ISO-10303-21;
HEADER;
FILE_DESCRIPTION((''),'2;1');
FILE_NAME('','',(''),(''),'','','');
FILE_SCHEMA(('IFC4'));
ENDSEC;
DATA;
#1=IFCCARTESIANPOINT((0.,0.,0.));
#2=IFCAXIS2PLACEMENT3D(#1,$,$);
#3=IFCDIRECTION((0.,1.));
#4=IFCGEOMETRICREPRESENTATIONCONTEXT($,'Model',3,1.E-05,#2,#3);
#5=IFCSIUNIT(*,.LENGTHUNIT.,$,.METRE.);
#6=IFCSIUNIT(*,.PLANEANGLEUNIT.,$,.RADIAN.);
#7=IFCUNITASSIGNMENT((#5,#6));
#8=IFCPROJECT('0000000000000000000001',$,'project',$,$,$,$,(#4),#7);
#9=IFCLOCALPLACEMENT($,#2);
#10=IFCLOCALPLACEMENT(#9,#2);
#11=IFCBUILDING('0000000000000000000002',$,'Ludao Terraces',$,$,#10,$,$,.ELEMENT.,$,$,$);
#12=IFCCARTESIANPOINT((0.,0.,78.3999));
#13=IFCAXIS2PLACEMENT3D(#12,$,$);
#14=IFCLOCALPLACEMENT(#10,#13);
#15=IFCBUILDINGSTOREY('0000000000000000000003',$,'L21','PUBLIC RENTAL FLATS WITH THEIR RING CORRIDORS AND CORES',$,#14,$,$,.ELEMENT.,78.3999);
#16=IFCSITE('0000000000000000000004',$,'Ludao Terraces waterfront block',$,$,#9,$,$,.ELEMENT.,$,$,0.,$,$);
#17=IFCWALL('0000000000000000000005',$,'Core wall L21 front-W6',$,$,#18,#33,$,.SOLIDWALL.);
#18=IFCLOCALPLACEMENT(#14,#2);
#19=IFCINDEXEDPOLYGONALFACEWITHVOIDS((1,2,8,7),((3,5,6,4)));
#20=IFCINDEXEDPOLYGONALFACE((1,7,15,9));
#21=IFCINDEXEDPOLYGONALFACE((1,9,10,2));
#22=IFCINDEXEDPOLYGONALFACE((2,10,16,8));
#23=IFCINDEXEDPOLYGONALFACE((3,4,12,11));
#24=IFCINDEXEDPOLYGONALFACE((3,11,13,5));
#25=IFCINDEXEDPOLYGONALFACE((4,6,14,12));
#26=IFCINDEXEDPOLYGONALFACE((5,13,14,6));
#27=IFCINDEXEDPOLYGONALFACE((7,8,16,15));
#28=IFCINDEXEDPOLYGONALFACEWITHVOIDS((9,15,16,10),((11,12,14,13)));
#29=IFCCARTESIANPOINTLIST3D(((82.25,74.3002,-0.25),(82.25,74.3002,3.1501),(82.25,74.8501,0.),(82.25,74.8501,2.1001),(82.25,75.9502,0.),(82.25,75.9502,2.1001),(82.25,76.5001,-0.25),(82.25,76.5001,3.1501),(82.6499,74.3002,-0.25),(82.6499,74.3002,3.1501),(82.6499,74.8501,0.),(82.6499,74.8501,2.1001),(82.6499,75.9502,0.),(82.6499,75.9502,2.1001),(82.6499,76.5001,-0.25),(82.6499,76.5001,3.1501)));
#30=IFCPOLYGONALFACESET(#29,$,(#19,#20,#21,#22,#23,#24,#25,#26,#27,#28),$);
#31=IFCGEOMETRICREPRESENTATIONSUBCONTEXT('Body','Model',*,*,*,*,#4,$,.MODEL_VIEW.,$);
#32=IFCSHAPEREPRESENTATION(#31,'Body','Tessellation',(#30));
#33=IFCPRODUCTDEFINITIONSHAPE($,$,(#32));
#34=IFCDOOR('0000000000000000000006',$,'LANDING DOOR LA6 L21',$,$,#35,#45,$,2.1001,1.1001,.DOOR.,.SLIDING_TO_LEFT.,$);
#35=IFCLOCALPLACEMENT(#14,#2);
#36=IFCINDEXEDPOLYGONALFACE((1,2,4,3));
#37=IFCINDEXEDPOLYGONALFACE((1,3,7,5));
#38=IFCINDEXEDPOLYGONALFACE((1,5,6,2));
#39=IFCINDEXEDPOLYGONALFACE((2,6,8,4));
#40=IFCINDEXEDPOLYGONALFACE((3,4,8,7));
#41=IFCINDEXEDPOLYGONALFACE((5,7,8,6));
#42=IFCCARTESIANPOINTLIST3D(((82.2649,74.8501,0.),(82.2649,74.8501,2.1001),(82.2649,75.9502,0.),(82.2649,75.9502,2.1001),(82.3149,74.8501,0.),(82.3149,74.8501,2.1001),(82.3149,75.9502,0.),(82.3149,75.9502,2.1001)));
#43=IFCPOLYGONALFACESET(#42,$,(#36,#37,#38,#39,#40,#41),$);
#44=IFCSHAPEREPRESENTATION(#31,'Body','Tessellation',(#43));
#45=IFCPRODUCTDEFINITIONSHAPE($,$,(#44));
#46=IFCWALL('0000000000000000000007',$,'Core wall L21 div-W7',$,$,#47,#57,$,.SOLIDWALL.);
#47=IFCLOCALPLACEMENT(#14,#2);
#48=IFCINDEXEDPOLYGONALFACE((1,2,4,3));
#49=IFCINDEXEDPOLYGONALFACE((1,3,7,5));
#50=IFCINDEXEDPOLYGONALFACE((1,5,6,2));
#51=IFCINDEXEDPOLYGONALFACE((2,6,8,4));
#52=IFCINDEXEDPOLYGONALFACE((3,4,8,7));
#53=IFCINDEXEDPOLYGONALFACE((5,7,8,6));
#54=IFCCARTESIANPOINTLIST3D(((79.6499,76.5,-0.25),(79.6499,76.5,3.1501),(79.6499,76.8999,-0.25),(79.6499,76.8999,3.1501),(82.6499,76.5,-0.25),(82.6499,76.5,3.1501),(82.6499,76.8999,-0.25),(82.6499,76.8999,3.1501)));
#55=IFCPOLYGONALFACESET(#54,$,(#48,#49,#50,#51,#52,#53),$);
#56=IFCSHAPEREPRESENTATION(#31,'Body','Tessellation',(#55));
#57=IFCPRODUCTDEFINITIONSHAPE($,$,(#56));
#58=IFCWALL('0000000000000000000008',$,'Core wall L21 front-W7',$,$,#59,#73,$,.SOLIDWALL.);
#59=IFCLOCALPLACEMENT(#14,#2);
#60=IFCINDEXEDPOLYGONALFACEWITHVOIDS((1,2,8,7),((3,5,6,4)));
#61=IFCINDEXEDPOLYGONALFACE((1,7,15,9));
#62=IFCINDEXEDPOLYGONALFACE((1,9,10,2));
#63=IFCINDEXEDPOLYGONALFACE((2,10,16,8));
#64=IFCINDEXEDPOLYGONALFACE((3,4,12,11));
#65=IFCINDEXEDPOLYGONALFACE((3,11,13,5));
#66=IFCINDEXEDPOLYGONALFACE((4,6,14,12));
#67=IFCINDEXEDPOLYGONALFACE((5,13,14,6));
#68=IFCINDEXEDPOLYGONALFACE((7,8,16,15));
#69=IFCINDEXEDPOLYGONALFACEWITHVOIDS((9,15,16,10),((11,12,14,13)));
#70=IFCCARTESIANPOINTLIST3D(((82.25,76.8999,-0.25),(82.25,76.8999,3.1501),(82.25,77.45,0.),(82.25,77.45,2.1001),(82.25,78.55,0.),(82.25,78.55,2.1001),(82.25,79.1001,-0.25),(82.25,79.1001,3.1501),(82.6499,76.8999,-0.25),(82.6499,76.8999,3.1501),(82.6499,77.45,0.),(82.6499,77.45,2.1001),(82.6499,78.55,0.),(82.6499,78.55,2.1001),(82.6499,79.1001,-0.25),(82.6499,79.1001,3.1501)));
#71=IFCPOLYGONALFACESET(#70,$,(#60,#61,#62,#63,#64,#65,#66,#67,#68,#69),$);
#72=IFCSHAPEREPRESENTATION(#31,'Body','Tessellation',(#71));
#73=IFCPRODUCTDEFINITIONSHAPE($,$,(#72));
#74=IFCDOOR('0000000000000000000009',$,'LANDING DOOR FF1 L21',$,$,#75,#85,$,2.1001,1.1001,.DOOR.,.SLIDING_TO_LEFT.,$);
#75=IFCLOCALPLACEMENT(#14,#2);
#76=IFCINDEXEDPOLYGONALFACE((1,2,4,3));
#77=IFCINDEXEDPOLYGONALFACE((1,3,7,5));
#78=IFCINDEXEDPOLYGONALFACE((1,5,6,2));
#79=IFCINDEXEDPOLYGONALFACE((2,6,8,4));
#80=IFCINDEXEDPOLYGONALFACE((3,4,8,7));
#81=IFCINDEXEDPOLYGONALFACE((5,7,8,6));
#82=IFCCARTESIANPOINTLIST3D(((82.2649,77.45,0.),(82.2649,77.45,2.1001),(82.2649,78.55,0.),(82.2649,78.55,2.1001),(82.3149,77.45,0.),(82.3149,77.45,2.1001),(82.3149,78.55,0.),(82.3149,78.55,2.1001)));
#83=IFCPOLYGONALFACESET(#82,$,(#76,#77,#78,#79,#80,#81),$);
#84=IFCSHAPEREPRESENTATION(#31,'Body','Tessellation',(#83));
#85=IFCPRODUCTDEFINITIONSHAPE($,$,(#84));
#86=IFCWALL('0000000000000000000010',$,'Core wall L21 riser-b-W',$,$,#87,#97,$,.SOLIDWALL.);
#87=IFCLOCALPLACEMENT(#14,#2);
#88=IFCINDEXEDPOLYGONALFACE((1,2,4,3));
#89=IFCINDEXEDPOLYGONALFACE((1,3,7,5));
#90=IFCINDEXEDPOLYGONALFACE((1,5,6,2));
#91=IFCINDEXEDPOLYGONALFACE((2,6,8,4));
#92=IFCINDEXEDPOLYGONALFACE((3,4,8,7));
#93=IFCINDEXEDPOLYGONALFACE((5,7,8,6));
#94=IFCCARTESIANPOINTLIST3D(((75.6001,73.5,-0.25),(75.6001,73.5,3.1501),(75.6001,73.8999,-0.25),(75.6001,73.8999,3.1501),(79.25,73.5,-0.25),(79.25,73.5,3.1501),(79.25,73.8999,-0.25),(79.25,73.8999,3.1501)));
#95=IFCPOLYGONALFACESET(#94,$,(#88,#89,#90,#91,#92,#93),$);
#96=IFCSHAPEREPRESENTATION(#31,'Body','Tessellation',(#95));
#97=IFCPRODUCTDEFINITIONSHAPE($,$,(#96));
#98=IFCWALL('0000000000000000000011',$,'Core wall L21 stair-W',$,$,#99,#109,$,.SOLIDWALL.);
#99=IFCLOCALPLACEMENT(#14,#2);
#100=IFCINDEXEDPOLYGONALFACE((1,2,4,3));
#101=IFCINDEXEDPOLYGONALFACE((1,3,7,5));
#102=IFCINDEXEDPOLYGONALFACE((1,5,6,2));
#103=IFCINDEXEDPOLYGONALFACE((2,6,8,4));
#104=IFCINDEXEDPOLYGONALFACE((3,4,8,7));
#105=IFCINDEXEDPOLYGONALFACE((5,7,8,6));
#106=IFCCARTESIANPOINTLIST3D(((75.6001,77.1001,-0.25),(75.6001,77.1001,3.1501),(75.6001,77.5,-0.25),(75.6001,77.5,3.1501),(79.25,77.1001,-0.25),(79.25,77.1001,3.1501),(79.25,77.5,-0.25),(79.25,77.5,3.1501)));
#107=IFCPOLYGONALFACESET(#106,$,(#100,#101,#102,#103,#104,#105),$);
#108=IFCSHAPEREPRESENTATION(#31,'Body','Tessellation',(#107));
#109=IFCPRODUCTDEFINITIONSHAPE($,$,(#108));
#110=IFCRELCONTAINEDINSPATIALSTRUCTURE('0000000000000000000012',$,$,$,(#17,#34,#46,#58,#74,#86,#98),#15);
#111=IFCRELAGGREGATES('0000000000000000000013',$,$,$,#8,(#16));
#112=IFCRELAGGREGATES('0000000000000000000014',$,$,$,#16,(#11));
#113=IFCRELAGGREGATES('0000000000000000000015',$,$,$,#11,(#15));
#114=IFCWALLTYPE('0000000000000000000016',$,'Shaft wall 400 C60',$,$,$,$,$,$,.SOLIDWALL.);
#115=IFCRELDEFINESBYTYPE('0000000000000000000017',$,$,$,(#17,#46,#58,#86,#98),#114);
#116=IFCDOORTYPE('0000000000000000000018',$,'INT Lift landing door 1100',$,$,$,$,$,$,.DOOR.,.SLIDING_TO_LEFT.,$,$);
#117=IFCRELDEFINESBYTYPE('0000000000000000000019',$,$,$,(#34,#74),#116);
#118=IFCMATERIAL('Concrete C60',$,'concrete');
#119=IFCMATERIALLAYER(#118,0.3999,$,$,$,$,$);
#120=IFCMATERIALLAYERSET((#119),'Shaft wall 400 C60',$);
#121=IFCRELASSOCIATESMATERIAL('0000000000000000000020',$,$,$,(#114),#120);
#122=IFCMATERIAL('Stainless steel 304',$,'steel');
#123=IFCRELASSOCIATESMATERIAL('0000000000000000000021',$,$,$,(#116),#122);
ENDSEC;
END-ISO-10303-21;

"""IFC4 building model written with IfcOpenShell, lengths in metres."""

from ifc_helpers import new_model, si_unit, direction, frame, frame_2d, origin, place, context, subcontext, project, spatial, rectangle, extrude, material, layer, layer_set, type_object, element, fill, save


model = new_model("IFC4")

# Units and contexts
model_context = context("Model", 3, precision=1e-05, world=origin(), true_north=direction((0.0, 1.0)))
body_context = subcontext(model_context, "Body", "Model", "MODEL_VIEW")
ifc_project = project(units=[si_unit("LENGTHUNIT", "METRE"), si_unit("PLANEANGLEUNIT", "RADIAN")], contexts=[model_context])

# Site, building, storey
site_placement = place(None, origin())
site = spatial("IfcSite", under=ifc_project, at=site_placement, Name="Ludao Terraces waterfront block", CompositionType="ELEMENT", RefElevation=0.0)
building_placement = place(site_placement, origin())
building = spatial("IfcBuilding", under=site, at=building_placement, Name="Ludao Terraces", CompositionType="ELEMENT")
storey_placement = place(building_placement, frame((0.0, 0.0, 78.3999)))
storey = spatial("IfcBuildingStorey", under=building, at=storey_placement, Name="L21", Description="PUBLIC RENTAL FLATS WITH THEIR RING CORRIDORS AND CORES", CompositionType="ELEMENT", Elevation=78.3999)

# Shared definitions
ifc_material_1 = material(Name="Concrete C60", Category="concrete")
ifc_layer_1 = layer(ifc_material_1, 0.3999)
ifc_layer_set_1 = layer_set([ifc_layer_1], Name="Shaft wall 400 C60")
wall_type_1 = type_object("IfcWallType", Name="Shaft wall 400 C60", PredefinedType="SOLIDWALL", material=ifc_layer_set_1)

# Shared definitions
ifc_material_2 = material(Name="Stainless steel 304", Category="steel")
door_type_1 = type_object("IfcDoorType", Name="INT Lift landing door 1100", OperationType="SLIDING_TO_LEFT", PredefinedType="DOOR", material=ifc_material_2)

# Wall, opening, door
wall_1_placement = place(storey_placement, frame((82.45, 74.3, -0.25), z_axis=(0.0, 0.0, 1.0), x_axis=(0.0, 1.0, 0.0)))
wall_1 = element("IfcWall", 1, at=wall_1_placement, inside=storey, type_object=wall_type_1, Name="Core wall L21 front-W6", PredefinedType="SOLIDWALL", context=body_context, shape_type="SweptSolid", body=[
    extrude(rectangle(XDim=2.2, YDim=0.3999, at=frame_2d((1.1001, 0.0))), origin(), (0.0, 0.0, 1.0), 3.4001),
])
opening_1_placement = place(wall_1_placement, frame((0.55, 0.0, 0.25)))
opening_1 = element("IfcOpeningElement", 2, at=opening_1_placement, cuts=wall_1, PredefinedType="OPENING", context=body_context, shape_type="SweptSolid", body=[
    extrude(rectangle(XDim=1.1001, YDim=2.1001, at=frame_2d((0.55, 1.05))), frame((0.0, 0.21, 0.0), z_axis=(0.0, -1.0, 0.0), x_axis=(1.0, 0.0, 0.0)), (0.0, 0.0, 1.0), 0.4199),
])
door_1_placement = place(opening_1_placement, origin())
door_1 = element("IfcDoor", 3, at=door_1_placement, inside=storey, type_object=door_type_1, Name="LANDING DOOR LA6 L21", OperationType="SLIDING_TO_LEFT", OverallHeight=2.1001, OverallWidth=1.1001, PredefinedType="DOOR", context=body_context, shape_type="SweptSolid", body=[
    extrude(rectangle(XDim=1.1001, YDim=2.1001, at=frame_2d((0.55, 1.05))), frame((0.0, 0.1851, 0.0), z_axis=(0.0, -1.0, 0.0), x_axis=(1.0, 0.0, 0.0)), (0.0, 0.0, 1.0), 0.05),
])
fill(opening_1, door_1)

# Wall
wall_2_placement = place(storey_placement, frame((79.6499, 76.7, -0.25), z_axis=(0.0, 0.0, 1.0), x_axis=(1.0, 0.0, 0.0)))
element("IfcWall", 4, at=wall_2_placement, inside=storey, type_object=wall_type_1, Name="Core wall L21 div-W7", PredefinedType="SOLIDWALL", context=body_context, shape_type="SweptSolid", body=[
    extrude(rectangle(XDim=3.0, YDim=0.3999, at=frame_2d((1.5, 0.0))), origin(), (0.0, 0.0, 1.0), 3.4001),
])

# Wall, opening, door
wall_3_placement = place(storey_placement, frame((82.45, 76.8999, -0.25), z_axis=(0.0, 0.0, 1.0), x_axis=(0.0, 1.0, 0.0)))
wall_3 = element("IfcWall", 5, at=wall_3_placement, inside=storey, type_object=wall_type_1, Name="Core wall L21 front-W7", PredefinedType="SOLIDWALL", context=body_context, shape_type="SweptSolid", body=[
    extrude(rectangle(XDim=2.2002, YDim=0.3999, at=frame_2d((1.1001, 0.0))), origin(), (0.0, 0.0, 1.0), 3.4001),
])
opening_2_placement = place(wall_3_placement, frame((0.55, 0.0, 0.25)))
opening_2 = element("IfcOpeningElement", 6, at=opening_2_placement, cuts=wall_3, PredefinedType="OPENING", context=body_context, shape_type="SweptSolid", body=[
    extrude(rectangle(XDim=1.1001, YDim=2.1001, at=frame_2d((0.55, 1.05))), frame((0.0, 0.21, 0.0), z_axis=(0.0, -1.0, 0.0), x_axis=(1.0, 0.0, 0.0)), (0.0, 0.0, 1.0), 0.4199),
])
door_2_placement = place(opening_2_placement, origin())
door_2 = element("IfcDoor", 7, at=door_2_placement, inside=storey, type_object=door_type_1, Name="LANDING DOOR FF1 L21", OperationType="SLIDING_TO_LEFT", OverallHeight=2.1001, OverallWidth=1.1001, PredefinedType="DOOR", context=body_context, shape_type="SweptSolid", body=[
    extrude(rectangle(XDim=1.1001, YDim=2.1001, at=frame_2d((0.55, 1.05))), frame((0.0, 0.1851, 0.0), z_axis=(0.0, -1.0, 0.0), x_axis=(1.0, 0.0, 0.0)), (0.0, 0.0, 1.0), 0.05),
])
fill(opening_2, door_2)

# Walls
for number, where, z_axis, x_axis, name in (
    (8, (75.6001, 73.7, -0.25), (0.0, 0.0, 1.0), (1.0, 0.0, 0.0), "Core wall L21 riser-b-W"),
    (9, (75.6001, 77.3, -0.25), (0.0, 0.0, 1.0), (1.0, 0.0, 0.0), "Core wall L21 stair-W"),
):
    element("IfcWall", number, at=place(storey_placement, frame(where, z_axis=z_axis, x_axis=x_axis)), inside=storey, type_object=wall_type_1, Name=name, PredefinedType="SOLIDWALL", context=body_context, shape_type="SweptSolid", body=[
        extrude(rectangle(XDim=3.6499, YDim=0.3999, at=frame_2d((1.825, 0.0))), origin(), (0.0, 0.0, 1.0), 3.4001),
    ])

save(model, "model.ifc")
